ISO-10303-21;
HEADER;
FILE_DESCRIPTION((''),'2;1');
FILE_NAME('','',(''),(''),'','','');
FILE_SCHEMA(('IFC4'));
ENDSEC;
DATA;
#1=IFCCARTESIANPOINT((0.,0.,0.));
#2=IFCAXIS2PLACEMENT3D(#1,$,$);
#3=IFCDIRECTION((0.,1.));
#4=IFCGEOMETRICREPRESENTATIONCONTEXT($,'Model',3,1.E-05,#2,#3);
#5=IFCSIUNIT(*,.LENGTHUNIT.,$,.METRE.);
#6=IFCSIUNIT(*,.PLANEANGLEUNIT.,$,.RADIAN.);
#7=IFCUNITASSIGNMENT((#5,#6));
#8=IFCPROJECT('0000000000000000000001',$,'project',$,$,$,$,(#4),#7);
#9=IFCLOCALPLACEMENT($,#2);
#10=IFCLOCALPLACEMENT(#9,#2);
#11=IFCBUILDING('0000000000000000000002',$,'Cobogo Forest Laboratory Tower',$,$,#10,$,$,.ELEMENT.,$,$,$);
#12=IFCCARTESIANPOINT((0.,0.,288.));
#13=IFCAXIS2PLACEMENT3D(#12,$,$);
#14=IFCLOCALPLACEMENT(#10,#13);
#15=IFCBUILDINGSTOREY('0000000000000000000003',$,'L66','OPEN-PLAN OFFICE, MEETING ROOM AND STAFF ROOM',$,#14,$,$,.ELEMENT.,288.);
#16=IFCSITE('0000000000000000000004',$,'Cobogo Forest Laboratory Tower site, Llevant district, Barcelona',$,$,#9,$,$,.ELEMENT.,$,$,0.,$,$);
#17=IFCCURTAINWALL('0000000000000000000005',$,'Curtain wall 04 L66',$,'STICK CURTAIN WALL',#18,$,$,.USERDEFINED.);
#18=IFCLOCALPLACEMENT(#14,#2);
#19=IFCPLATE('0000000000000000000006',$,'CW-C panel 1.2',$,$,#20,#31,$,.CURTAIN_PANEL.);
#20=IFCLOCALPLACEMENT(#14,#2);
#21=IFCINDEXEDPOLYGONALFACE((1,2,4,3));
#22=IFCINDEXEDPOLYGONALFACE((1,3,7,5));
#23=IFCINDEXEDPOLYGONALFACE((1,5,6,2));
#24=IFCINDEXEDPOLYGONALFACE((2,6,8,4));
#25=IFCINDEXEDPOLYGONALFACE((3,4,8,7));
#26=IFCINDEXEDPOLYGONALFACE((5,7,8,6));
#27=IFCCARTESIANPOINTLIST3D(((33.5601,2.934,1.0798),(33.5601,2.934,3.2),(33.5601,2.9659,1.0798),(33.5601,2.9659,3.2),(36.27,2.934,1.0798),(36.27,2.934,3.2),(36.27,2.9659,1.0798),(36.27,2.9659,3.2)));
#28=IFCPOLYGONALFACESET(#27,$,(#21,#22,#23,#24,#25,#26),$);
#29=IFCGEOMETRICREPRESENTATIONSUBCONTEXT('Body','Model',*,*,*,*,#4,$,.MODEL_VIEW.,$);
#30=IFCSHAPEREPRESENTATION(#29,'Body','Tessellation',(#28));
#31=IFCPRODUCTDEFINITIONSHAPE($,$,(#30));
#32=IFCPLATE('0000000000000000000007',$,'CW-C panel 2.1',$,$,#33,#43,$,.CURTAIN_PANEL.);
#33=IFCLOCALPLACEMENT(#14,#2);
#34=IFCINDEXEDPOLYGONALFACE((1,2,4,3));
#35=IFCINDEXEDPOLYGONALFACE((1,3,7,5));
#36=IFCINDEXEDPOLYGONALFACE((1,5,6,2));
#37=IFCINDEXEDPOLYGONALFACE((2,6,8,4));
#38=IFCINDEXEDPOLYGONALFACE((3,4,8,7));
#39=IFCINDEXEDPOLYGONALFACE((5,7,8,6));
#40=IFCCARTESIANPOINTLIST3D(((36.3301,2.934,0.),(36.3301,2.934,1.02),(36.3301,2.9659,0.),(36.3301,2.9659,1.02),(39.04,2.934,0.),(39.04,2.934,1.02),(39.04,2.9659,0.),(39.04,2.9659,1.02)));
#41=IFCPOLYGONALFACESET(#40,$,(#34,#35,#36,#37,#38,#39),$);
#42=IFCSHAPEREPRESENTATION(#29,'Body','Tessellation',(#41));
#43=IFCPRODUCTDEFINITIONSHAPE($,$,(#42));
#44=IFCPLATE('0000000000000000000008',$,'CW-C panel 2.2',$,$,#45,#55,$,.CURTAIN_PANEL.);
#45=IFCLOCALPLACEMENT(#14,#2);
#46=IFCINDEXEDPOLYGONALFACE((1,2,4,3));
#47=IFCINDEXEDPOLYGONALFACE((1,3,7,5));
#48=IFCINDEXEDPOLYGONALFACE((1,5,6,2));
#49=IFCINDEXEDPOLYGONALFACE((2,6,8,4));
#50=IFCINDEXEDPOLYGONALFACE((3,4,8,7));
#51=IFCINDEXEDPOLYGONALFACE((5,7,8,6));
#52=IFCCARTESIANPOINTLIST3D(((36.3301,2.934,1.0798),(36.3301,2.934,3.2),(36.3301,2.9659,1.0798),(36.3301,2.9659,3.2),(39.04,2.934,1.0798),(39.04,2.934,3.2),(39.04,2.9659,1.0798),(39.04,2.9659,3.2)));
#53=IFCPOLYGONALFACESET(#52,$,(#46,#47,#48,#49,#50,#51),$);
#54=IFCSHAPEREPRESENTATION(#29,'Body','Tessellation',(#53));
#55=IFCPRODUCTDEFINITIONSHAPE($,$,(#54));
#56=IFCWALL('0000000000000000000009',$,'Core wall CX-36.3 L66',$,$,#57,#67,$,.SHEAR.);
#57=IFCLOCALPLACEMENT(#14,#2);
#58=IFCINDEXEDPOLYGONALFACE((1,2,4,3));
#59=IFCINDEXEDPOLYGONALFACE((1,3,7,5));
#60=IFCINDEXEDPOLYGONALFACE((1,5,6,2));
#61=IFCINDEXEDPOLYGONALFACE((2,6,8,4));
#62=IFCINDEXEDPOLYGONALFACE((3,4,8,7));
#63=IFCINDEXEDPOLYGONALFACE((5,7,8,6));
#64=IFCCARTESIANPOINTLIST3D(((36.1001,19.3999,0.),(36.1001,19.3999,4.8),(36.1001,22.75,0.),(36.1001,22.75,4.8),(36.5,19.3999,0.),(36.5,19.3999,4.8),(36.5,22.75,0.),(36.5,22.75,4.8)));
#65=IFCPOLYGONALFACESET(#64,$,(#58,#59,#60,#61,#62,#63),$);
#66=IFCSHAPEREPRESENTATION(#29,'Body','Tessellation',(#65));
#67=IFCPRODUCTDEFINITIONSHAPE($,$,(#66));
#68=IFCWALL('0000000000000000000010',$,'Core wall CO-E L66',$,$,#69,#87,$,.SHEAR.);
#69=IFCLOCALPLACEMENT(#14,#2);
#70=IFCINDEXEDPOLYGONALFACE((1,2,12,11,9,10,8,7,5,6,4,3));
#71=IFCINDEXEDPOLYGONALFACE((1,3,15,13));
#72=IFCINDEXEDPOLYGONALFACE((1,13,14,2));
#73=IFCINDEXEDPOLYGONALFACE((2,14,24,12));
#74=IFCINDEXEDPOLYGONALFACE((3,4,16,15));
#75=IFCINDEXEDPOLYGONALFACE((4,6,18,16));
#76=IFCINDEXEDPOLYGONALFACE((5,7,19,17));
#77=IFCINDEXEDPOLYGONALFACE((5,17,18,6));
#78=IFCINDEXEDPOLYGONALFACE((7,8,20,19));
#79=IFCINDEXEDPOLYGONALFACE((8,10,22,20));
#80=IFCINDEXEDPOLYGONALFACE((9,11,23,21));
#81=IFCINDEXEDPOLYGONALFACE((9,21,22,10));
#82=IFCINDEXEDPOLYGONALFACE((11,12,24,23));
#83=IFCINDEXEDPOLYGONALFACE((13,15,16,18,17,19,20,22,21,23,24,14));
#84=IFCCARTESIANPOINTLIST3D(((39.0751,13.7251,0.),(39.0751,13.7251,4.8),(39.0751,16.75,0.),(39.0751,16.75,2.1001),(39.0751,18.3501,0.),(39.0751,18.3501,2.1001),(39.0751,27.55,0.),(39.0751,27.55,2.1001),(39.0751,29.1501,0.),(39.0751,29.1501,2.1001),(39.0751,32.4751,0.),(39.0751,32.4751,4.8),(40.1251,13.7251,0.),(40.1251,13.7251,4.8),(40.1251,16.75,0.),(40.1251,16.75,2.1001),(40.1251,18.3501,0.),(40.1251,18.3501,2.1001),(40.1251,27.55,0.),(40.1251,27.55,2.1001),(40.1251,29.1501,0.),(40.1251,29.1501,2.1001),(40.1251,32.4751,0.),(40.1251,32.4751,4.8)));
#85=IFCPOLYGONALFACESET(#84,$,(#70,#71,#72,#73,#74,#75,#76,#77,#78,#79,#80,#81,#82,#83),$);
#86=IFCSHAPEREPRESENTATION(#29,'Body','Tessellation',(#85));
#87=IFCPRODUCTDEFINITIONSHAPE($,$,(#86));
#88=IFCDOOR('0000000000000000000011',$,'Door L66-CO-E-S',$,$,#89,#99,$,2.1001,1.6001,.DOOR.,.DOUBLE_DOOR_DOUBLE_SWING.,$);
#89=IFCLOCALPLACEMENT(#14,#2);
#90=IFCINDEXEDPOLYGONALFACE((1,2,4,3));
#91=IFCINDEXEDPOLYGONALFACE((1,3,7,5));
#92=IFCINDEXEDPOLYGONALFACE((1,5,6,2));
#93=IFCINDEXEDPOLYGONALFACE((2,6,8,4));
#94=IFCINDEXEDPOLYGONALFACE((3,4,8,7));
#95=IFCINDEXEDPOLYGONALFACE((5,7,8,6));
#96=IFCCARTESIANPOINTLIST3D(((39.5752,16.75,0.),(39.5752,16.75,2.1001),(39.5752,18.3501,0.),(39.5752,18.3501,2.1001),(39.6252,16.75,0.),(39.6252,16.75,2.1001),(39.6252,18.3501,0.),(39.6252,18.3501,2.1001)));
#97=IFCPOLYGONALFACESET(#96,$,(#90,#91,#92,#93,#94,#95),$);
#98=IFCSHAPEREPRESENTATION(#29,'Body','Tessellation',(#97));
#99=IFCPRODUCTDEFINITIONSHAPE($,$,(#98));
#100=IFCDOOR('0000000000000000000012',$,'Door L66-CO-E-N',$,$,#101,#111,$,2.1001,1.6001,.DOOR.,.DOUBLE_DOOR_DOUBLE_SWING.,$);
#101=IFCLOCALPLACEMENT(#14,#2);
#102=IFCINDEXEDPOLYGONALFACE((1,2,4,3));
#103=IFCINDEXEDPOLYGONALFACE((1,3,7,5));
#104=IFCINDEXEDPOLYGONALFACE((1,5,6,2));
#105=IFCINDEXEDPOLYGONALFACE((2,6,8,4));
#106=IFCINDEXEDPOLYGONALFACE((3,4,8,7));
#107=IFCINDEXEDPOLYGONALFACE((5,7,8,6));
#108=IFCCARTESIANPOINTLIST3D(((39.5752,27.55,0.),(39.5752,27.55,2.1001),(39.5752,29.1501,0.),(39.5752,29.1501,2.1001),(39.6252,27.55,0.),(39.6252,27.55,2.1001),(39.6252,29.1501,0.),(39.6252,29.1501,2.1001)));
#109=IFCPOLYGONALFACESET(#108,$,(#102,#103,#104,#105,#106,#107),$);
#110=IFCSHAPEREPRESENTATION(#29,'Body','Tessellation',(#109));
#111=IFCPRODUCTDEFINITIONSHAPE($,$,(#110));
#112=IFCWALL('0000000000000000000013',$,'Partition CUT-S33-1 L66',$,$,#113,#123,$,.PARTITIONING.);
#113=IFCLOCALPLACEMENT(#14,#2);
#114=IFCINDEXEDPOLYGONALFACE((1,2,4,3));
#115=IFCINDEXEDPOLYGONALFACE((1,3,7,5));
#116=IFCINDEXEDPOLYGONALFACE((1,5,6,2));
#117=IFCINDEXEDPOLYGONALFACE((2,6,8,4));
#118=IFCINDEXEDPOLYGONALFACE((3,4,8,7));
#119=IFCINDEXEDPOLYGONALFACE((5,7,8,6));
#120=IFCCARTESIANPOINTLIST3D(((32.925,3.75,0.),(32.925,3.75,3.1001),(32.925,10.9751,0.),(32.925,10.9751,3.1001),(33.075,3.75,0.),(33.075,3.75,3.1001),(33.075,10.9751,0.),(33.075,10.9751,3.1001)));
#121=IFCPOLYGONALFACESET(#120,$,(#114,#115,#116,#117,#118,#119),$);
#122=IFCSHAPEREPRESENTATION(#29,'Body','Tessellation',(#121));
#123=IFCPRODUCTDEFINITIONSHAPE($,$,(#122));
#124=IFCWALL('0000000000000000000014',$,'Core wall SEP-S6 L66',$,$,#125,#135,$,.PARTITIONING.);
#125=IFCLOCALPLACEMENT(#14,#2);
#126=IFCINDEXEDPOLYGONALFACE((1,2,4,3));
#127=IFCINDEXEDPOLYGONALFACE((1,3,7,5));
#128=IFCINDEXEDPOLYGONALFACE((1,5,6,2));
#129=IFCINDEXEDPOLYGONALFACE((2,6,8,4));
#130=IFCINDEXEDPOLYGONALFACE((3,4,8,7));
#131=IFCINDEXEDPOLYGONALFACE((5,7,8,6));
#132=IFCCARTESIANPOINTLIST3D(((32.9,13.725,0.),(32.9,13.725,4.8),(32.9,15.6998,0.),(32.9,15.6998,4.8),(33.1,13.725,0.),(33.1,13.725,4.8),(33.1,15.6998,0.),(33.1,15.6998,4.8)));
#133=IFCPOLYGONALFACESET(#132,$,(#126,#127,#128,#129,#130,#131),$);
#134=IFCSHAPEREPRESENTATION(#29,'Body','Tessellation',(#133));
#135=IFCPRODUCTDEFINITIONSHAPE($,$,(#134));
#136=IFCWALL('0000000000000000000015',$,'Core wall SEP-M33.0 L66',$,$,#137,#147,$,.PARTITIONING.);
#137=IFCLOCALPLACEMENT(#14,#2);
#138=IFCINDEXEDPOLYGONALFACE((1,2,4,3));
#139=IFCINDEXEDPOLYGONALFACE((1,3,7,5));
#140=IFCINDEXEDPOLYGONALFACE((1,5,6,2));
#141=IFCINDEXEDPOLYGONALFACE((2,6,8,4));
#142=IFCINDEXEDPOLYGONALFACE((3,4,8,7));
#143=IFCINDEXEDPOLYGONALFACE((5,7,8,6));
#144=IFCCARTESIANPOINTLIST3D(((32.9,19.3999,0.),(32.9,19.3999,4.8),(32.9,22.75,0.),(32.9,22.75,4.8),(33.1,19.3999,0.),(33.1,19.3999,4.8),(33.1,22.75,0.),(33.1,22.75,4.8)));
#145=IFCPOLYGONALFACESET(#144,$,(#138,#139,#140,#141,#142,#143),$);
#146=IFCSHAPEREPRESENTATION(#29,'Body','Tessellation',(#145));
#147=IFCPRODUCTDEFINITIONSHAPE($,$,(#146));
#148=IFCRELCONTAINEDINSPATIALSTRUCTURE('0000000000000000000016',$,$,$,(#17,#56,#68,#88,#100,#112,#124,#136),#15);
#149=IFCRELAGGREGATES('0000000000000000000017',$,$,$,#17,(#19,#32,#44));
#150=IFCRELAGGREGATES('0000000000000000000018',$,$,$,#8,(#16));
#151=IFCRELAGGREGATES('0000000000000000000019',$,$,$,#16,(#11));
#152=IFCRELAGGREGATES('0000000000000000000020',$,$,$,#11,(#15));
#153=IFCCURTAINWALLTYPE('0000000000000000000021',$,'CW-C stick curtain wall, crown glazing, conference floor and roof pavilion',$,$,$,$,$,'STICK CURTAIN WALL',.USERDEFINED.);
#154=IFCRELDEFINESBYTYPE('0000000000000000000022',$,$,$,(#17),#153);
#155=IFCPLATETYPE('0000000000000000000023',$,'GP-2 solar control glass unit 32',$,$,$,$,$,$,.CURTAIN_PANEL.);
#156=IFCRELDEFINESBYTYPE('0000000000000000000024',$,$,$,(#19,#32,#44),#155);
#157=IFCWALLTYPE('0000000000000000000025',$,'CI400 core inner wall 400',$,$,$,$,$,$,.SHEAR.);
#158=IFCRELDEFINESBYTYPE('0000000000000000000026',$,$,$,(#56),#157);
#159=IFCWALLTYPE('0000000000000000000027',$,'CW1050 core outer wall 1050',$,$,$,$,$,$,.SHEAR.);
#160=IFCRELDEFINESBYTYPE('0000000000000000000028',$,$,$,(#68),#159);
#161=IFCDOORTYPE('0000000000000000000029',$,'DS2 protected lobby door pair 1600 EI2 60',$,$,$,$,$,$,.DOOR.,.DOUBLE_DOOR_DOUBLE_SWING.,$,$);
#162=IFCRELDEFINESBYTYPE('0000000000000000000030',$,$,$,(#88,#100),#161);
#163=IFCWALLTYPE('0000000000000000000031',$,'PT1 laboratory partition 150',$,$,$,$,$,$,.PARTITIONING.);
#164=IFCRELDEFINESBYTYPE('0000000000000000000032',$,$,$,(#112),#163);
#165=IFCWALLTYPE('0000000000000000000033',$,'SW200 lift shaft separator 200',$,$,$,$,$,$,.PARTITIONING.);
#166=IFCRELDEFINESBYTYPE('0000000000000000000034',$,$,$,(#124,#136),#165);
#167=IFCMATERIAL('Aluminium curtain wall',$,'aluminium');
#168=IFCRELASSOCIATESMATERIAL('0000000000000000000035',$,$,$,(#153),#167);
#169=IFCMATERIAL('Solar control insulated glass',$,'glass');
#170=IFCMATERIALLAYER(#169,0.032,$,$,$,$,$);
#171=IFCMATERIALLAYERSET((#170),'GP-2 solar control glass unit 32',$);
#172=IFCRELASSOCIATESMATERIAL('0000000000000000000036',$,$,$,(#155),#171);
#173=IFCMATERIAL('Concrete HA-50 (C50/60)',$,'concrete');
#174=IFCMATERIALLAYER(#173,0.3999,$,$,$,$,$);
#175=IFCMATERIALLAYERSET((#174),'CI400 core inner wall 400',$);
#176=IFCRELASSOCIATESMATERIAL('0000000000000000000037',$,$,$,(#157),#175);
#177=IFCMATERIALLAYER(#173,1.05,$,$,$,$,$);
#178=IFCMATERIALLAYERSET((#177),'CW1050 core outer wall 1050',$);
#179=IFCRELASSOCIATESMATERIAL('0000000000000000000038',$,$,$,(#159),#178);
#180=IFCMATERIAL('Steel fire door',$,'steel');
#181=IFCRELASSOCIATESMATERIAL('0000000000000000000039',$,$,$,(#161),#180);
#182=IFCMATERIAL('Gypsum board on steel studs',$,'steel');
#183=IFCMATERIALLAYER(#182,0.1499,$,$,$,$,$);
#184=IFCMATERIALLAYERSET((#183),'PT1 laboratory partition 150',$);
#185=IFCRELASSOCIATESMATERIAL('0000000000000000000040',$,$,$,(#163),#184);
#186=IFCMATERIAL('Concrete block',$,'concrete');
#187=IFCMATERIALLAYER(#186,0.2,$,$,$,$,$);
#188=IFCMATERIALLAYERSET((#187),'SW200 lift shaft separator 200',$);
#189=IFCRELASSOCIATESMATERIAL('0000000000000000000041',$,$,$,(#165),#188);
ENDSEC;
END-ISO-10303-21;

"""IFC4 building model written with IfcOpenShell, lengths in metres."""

from ifc_helpers import new_model, si_unit, direction, frame, frame_2d, origin, origin_2d, place, context, subcontext, project, spatial, rectangle, extrude, material, layer, layer_set, type_object, element, fill, aggregate, save


model = new_model("IFC4")

# Units and contexts
model_context = context("Model", 3, precision=1e-05, world=origin(), true_north=direction((0.0, 1.0)))
body_context = subcontext(model_context, "Body", "Model", "MODEL_VIEW")
ifc_project = project(units=[si_unit("LENGTHUNIT", "METRE"), si_unit("PLANEANGLEUNIT", "RADIAN")], contexts=[model_context])

# Site, building, storey
site_placement = place(None, origin())
site = spatial("IfcSite", under=ifc_project, at=site_placement, Name="Cobogo Forest Laboratory Tower site, Llevant district, Barcelona", CompositionType="ELEMENT", RefElevation=0.0)
building_placement = place(site_placement, origin())
building = spatial("IfcBuilding", under=site, at=building_placement, Name="Cobogo Forest Laboratory Tower", CompositionType="ELEMENT")
storey_placement = place(building_placement, frame((0.0, 0.0, 288.0)))
storey = spatial("IfcBuildingStorey", under=building, at=storey_placement, Name="L66", Description="OPEN-PLAN OFFICE, MEETING ROOM AND STAFF ROOM", CompositionType="ELEMENT", Elevation=288.0)

# Shared definitions
ifc_material_1 = material(Name="Concrete HA-50 (C50/60)", Category="concrete")

# Curtain wall
ifc_material_2 = material(Name="Aluminium curtain wall", Category="aluminium")
curtain_wall_type = type_object("IfcCurtainWallType", Name="CW-C stick curtain wall, crown glazing, conference floor and roof pavilion", ElementType="STICK CURTAIN WALL", PredefinedType="USERDEFINED", material=ifc_material_2)
curtain_wall_1_placement = place(storey_placement, origin())
curtain_wall_1 = element("IfcCurtainWall", 1, at=curtain_wall_1_placement, inside=storey, type_object=curtain_wall_type, Name="Curtain wall 04 L66", ObjectType="STICK CURTAIN WALL", PredefinedType="USERDEFINED")

# Plates
ifc_material_3 = material(Name="Solar control insulated glass", Category="glass")
ifc_layer_1 = layer(ifc_material_3, 0.032)
ifc_layer_set_1 = layer_set([ifc_layer_1], Name="GP-2 solar control glass unit 32")
plate_type = type_object("IfcPlateType", Name="GP-2 solar control glass unit 32", PredefinedType="CURTAIN_PANEL", material=ifc_layer_set_1)
plate_1_placement = place(storey_placement, frame((34.915, 2.95, 1.0798), z_axis=(0.0, 0.0, 1.0), x_axis=(1.0, 0.0, 0.0)))
plate_1 = element("IfcPlate", 2, at=plate_1_placement, type_object=plate_type, Name="CW-C panel 1.2", PredefinedType="CURTAIN_PANEL", context=body_context, shape_type="SweptSolid", body=[
    extrude(rectangle(XDim=2.71, YDim=0.032, at=origin_2d()), origin(), (0.0, 0.0, 1.0), 2.1201),
])
plate_2_placement = place(storey_placement, frame((37.6851, 2.95, 0.0), z_axis=(0.0, 0.0, 1.0), x_axis=(1.0, 0.0, 0.0)))
plate_2 = element("IfcPlate", 3, at=plate_2_placement, type_object=plate_type, Name="CW-C panel 2.1", PredefinedType="CURTAIN_PANEL", context=body_context, shape_type="SweptSolid", body=[
    extrude(rectangle(XDim=2.71, YDim=0.032, at=origin_2d()), origin(), (0.0, 0.0, 1.0), 1.02),
])
plate_3_placement = place(storey_placement, frame((37.6851, 2.95, 1.0798), z_axis=(0.0, 0.0, 1.0), x_axis=(1.0, 0.0, 0.0)))
plate_3 = element("IfcPlate", 4, at=plate_3_placement, type_object=plate_type, Name="CW-C panel 2.2", PredefinedType="CURTAIN_PANEL", context=body_context, shape_type="SweptSolid", body=[
    extrude(rectangle(XDim=2.71, YDim=0.032, at=origin_2d()), origin(), (0.0, 0.0, 1.0), 2.1201),
])
aggregate(curtain_wall_1, [plate_1, plate_2, plate_3])

# Wall
ifc_layer_2 = layer(ifc_material_1, 0.3999)
ifc_layer_set_2 = layer_set([ifc_layer_2], Name="CI400 core inner wall 400")
wall_type_1 = type_object("IfcWallType", Name="CI400 core inner wall 400", PredefinedType="SHEAR", material=ifc_layer_set_2)
wall_1_placement = place(storey_placement, frame((36.3, 19.3999, 0.0), z_axis=(0.0, 0.0, 1.0), x_axis=(0.0, 1.0, 0.0)))
element("IfcWall", 5, at=wall_1_placement, inside=storey, type_object=wall_type_1, Name="Core wall CX-36.3 L66", PredefinedType="SHEAR", context=body_context, shape_type="SweptSolid", body=[
    extrude(rectangle(XDim=3.3501, YDim=0.3999, at=frame_2d((1.675, 0.0))), origin(), (0.0, 0.0, 1.0), 4.8),
])

# Wall, openings, doors
ifc_layer_3 = layer(ifc_material_1, 1.05)
ifc_layer_set_3 = layer_set([ifc_layer_3], Name="CW1050 core outer wall 1050")
wall_type_2 = type_object("IfcWallType", Name="CW1050 core outer wall 1050", PredefinedType="SHEAR", material=ifc_layer_set_3)
wall_2_placement = place(storey_placement, frame((39.6001, 13.7251, 0.0), z_axis=(0.0, 0.0, 1.0), x_axis=(0.0, 1.0, 0.0)))
wall_2 = element("IfcWall", 6, at=wall_2_placement, inside=storey, type_object=wall_type_2, Name="Core wall CO-E L66", PredefinedType="SHEAR", context=body_context, shape_type="SweptSolid", body=[
    extrude(rectangle(XDim=18.75, YDim=1.05, at=frame_2d((9.375, 0.0))), origin(), (0.0, 0.0, 1.0), 4.8),
])
opening_1_placement = place(wall_2_placement, frame((3.0249, 0.0, 0.0)))
opening_1 = element("IfcOpeningElement", 7, at=opening_1_placement, cuts=wall_2, PredefinedType="OPENING", context=body_context, shape_type="SweptSolid", body=[
    extrude(rectangle(XDim=1.6001, YDim=2.1001, at=frame_2d((0.8, 1.05))), frame((0.0, 0.5349, 0.0), z_axis=(0.0, -1.0, 0.0), x_axis=(1.0, 0.0, 0.0)), (0.0, 0.0, 1.0), 1.0701),
])
opening_2_placement = place(wall_2_placement, frame((13.825, 0.0, 0.0)))
opening_2 = element("IfcOpeningElement", 8, at=opening_2_placement, cuts=wall_2, PredefinedType="OPENING", context=body_context, shape_type="SweptSolid", body=[
    extrude(rectangle(XDim=1.6001, YDim=2.1001, at=frame_2d((0.8, 1.05))), frame((0.0, 0.5349, 0.0), z_axis=(0.0, -1.0, 0.0), x_axis=(1.0, 0.0, 0.0)), (0.0, 0.0, 1.0), 1.0701),
])
ifc_material_4 = material(Name="Steel fire door", Category="steel")
door_type = type_object("IfcDoorType", Name="DS2 protected lobby door pair 1600 EI2 60", OperationType="DOUBLE_DOOR_DOUBLE_SWING", PredefinedType="DOOR", material=ifc_material_4)
door_1_placement = place(opening_1_placement, origin())
door_1 = element("IfcDoor", 9, at=door_1_placement, inside=storey, type_object=door_type, Name="Door L66-CO-E-S", OperationType="DOUBLE_DOOR_DOUBLE_SWING", OverallHeight=2.1001, OverallWidth=1.6001, PredefinedType="DOOR", context=body_context, shape_type="SweptSolid", body=[
    extrude(rectangle(XDim=1.6001, YDim=2.1001, at=frame_2d((0.8, 1.05))), frame((0.0, 0.0249, 0.0), z_axis=(0.0, -1.0, 0.0), x_axis=(1.0, 0.0, 0.0)), (0.0, 0.0, 1.0), 0.05),
])
fill(opening_1, door_1)
door_2_placement = place(opening_2_placement, origin())
door_2 = element("IfcDoor", 10, at=door_2_placement, inside=storey, type_object=door_type, Name="Door L66-CO-E-N", OperationType="DOUBLE_DOOR_DOUBLE_SWING", OverallHeight=2.1001, OverallWidth=1.6001, PredefinedType="DOOR", context=body_context, shape_type="SweptSolid", body=[
    extrude(rectangle(XDim=1.6001, YDim=2.1001, at=frame_2d((0.8, 1.05))), frame((0.0, 0.0249, 0.0), z_axis=(0.0, -1.0, 0.0), x_axis=(1.0, 0.0, 0.0)), (0.0, 0.0, 1.0), 0.05),
])
fill(opening_2, door_2)

# Walls
ifc_material_5 = material(Name="Gypsum board on steel studs", Category="steel")
ifc_layer_4 = layer(ifc_material_5, 0.1499)
ifc_layer_set_4 = layer_set([ifc_layer_4], Name="PT1 laboratory partition 150")
wall_type_3 = type_object("IfcWallType", Name="PT1 laboratory partition 150", PredefinedType="PARTITIONING", material=ifc_layer_set_4)
wall_3_placement = place(storey_placement, frame((33.0, 3.75, 0.0), z_axis=(0.0, 0.0, 1.0), x_axis=(0.0, 1.0, 0.0)))
element("IfcWall", 11, at=wall_3_placement, inside=storey, type_object=wall_type_3, Name="Partition CUT-S33-1 L66", PredefinedType="PARTITIONING", context=body_context, shape_type="SweptSolid", body=[
    extrude(rectangle(XDim=7.2251, YDim=0.1499, at=frame_2d((3.6125, 0.0))), origin(), (0.0, 0.0, 1.0), 3.1001),
])
ifc_material_6 = material(Name="Concrete block", Category="concrete")
ifc_layer_5 = layer(ifc_material_6, 0.2)
ifc_layer_set_5 = layer_set([ifc_layer_5], Name="SW200 lift shaft separator 200")
wall_type_4 = type_object("IfcWallType", Name="SW200 lift shaft separator 200", PredefinedType="PARTITIONING", material=ifc_layer_set_5)
wall_4_placement = place(storey_placement, frame((33.0, 13.7251, 0.0), z_axis=(0.0, 0.0, 1.0), x_axis=(0.0, 1.0, 0.0)))
element("IfcWall", 12, at=wall_4_placement, inside=storey, type_object=wall_type_4, Name="Core wall SEP-S6 L66", PredefinedType="PARTITIONING", context=body_context, shape_type="SweptSolid", body=[
    extrude(rectangle(XDim=1.9749, YDim=0.2, at=frame_2d((0.9873, 0.0))), origin(), (0.0, 0.0, 1.0), 4.8),
])
wall_5_placement = place(storey_placement, frame((33.0, 19.3999, 0.0), z_axis=(0.0, 0.0, 1.0), x_axis=(0.0, 1.0, 0.0)))
element("IfcWall", 13, at=wall_5_placement, inside=storey, type_object=wall_type_4, Name="Core wall SEP-M33.0 L66", PredefinedType="PARTITIONING", context=body_context, shape_type="SweptSolid", body=[
    extrude(rectangle(XDim=3.3501, YDim=0.2, at=frame_2d((1.675, 0.0))), origin(), (0.0, 0.0, 1.0), 4.8),
])

save(model, "model.ifc")
